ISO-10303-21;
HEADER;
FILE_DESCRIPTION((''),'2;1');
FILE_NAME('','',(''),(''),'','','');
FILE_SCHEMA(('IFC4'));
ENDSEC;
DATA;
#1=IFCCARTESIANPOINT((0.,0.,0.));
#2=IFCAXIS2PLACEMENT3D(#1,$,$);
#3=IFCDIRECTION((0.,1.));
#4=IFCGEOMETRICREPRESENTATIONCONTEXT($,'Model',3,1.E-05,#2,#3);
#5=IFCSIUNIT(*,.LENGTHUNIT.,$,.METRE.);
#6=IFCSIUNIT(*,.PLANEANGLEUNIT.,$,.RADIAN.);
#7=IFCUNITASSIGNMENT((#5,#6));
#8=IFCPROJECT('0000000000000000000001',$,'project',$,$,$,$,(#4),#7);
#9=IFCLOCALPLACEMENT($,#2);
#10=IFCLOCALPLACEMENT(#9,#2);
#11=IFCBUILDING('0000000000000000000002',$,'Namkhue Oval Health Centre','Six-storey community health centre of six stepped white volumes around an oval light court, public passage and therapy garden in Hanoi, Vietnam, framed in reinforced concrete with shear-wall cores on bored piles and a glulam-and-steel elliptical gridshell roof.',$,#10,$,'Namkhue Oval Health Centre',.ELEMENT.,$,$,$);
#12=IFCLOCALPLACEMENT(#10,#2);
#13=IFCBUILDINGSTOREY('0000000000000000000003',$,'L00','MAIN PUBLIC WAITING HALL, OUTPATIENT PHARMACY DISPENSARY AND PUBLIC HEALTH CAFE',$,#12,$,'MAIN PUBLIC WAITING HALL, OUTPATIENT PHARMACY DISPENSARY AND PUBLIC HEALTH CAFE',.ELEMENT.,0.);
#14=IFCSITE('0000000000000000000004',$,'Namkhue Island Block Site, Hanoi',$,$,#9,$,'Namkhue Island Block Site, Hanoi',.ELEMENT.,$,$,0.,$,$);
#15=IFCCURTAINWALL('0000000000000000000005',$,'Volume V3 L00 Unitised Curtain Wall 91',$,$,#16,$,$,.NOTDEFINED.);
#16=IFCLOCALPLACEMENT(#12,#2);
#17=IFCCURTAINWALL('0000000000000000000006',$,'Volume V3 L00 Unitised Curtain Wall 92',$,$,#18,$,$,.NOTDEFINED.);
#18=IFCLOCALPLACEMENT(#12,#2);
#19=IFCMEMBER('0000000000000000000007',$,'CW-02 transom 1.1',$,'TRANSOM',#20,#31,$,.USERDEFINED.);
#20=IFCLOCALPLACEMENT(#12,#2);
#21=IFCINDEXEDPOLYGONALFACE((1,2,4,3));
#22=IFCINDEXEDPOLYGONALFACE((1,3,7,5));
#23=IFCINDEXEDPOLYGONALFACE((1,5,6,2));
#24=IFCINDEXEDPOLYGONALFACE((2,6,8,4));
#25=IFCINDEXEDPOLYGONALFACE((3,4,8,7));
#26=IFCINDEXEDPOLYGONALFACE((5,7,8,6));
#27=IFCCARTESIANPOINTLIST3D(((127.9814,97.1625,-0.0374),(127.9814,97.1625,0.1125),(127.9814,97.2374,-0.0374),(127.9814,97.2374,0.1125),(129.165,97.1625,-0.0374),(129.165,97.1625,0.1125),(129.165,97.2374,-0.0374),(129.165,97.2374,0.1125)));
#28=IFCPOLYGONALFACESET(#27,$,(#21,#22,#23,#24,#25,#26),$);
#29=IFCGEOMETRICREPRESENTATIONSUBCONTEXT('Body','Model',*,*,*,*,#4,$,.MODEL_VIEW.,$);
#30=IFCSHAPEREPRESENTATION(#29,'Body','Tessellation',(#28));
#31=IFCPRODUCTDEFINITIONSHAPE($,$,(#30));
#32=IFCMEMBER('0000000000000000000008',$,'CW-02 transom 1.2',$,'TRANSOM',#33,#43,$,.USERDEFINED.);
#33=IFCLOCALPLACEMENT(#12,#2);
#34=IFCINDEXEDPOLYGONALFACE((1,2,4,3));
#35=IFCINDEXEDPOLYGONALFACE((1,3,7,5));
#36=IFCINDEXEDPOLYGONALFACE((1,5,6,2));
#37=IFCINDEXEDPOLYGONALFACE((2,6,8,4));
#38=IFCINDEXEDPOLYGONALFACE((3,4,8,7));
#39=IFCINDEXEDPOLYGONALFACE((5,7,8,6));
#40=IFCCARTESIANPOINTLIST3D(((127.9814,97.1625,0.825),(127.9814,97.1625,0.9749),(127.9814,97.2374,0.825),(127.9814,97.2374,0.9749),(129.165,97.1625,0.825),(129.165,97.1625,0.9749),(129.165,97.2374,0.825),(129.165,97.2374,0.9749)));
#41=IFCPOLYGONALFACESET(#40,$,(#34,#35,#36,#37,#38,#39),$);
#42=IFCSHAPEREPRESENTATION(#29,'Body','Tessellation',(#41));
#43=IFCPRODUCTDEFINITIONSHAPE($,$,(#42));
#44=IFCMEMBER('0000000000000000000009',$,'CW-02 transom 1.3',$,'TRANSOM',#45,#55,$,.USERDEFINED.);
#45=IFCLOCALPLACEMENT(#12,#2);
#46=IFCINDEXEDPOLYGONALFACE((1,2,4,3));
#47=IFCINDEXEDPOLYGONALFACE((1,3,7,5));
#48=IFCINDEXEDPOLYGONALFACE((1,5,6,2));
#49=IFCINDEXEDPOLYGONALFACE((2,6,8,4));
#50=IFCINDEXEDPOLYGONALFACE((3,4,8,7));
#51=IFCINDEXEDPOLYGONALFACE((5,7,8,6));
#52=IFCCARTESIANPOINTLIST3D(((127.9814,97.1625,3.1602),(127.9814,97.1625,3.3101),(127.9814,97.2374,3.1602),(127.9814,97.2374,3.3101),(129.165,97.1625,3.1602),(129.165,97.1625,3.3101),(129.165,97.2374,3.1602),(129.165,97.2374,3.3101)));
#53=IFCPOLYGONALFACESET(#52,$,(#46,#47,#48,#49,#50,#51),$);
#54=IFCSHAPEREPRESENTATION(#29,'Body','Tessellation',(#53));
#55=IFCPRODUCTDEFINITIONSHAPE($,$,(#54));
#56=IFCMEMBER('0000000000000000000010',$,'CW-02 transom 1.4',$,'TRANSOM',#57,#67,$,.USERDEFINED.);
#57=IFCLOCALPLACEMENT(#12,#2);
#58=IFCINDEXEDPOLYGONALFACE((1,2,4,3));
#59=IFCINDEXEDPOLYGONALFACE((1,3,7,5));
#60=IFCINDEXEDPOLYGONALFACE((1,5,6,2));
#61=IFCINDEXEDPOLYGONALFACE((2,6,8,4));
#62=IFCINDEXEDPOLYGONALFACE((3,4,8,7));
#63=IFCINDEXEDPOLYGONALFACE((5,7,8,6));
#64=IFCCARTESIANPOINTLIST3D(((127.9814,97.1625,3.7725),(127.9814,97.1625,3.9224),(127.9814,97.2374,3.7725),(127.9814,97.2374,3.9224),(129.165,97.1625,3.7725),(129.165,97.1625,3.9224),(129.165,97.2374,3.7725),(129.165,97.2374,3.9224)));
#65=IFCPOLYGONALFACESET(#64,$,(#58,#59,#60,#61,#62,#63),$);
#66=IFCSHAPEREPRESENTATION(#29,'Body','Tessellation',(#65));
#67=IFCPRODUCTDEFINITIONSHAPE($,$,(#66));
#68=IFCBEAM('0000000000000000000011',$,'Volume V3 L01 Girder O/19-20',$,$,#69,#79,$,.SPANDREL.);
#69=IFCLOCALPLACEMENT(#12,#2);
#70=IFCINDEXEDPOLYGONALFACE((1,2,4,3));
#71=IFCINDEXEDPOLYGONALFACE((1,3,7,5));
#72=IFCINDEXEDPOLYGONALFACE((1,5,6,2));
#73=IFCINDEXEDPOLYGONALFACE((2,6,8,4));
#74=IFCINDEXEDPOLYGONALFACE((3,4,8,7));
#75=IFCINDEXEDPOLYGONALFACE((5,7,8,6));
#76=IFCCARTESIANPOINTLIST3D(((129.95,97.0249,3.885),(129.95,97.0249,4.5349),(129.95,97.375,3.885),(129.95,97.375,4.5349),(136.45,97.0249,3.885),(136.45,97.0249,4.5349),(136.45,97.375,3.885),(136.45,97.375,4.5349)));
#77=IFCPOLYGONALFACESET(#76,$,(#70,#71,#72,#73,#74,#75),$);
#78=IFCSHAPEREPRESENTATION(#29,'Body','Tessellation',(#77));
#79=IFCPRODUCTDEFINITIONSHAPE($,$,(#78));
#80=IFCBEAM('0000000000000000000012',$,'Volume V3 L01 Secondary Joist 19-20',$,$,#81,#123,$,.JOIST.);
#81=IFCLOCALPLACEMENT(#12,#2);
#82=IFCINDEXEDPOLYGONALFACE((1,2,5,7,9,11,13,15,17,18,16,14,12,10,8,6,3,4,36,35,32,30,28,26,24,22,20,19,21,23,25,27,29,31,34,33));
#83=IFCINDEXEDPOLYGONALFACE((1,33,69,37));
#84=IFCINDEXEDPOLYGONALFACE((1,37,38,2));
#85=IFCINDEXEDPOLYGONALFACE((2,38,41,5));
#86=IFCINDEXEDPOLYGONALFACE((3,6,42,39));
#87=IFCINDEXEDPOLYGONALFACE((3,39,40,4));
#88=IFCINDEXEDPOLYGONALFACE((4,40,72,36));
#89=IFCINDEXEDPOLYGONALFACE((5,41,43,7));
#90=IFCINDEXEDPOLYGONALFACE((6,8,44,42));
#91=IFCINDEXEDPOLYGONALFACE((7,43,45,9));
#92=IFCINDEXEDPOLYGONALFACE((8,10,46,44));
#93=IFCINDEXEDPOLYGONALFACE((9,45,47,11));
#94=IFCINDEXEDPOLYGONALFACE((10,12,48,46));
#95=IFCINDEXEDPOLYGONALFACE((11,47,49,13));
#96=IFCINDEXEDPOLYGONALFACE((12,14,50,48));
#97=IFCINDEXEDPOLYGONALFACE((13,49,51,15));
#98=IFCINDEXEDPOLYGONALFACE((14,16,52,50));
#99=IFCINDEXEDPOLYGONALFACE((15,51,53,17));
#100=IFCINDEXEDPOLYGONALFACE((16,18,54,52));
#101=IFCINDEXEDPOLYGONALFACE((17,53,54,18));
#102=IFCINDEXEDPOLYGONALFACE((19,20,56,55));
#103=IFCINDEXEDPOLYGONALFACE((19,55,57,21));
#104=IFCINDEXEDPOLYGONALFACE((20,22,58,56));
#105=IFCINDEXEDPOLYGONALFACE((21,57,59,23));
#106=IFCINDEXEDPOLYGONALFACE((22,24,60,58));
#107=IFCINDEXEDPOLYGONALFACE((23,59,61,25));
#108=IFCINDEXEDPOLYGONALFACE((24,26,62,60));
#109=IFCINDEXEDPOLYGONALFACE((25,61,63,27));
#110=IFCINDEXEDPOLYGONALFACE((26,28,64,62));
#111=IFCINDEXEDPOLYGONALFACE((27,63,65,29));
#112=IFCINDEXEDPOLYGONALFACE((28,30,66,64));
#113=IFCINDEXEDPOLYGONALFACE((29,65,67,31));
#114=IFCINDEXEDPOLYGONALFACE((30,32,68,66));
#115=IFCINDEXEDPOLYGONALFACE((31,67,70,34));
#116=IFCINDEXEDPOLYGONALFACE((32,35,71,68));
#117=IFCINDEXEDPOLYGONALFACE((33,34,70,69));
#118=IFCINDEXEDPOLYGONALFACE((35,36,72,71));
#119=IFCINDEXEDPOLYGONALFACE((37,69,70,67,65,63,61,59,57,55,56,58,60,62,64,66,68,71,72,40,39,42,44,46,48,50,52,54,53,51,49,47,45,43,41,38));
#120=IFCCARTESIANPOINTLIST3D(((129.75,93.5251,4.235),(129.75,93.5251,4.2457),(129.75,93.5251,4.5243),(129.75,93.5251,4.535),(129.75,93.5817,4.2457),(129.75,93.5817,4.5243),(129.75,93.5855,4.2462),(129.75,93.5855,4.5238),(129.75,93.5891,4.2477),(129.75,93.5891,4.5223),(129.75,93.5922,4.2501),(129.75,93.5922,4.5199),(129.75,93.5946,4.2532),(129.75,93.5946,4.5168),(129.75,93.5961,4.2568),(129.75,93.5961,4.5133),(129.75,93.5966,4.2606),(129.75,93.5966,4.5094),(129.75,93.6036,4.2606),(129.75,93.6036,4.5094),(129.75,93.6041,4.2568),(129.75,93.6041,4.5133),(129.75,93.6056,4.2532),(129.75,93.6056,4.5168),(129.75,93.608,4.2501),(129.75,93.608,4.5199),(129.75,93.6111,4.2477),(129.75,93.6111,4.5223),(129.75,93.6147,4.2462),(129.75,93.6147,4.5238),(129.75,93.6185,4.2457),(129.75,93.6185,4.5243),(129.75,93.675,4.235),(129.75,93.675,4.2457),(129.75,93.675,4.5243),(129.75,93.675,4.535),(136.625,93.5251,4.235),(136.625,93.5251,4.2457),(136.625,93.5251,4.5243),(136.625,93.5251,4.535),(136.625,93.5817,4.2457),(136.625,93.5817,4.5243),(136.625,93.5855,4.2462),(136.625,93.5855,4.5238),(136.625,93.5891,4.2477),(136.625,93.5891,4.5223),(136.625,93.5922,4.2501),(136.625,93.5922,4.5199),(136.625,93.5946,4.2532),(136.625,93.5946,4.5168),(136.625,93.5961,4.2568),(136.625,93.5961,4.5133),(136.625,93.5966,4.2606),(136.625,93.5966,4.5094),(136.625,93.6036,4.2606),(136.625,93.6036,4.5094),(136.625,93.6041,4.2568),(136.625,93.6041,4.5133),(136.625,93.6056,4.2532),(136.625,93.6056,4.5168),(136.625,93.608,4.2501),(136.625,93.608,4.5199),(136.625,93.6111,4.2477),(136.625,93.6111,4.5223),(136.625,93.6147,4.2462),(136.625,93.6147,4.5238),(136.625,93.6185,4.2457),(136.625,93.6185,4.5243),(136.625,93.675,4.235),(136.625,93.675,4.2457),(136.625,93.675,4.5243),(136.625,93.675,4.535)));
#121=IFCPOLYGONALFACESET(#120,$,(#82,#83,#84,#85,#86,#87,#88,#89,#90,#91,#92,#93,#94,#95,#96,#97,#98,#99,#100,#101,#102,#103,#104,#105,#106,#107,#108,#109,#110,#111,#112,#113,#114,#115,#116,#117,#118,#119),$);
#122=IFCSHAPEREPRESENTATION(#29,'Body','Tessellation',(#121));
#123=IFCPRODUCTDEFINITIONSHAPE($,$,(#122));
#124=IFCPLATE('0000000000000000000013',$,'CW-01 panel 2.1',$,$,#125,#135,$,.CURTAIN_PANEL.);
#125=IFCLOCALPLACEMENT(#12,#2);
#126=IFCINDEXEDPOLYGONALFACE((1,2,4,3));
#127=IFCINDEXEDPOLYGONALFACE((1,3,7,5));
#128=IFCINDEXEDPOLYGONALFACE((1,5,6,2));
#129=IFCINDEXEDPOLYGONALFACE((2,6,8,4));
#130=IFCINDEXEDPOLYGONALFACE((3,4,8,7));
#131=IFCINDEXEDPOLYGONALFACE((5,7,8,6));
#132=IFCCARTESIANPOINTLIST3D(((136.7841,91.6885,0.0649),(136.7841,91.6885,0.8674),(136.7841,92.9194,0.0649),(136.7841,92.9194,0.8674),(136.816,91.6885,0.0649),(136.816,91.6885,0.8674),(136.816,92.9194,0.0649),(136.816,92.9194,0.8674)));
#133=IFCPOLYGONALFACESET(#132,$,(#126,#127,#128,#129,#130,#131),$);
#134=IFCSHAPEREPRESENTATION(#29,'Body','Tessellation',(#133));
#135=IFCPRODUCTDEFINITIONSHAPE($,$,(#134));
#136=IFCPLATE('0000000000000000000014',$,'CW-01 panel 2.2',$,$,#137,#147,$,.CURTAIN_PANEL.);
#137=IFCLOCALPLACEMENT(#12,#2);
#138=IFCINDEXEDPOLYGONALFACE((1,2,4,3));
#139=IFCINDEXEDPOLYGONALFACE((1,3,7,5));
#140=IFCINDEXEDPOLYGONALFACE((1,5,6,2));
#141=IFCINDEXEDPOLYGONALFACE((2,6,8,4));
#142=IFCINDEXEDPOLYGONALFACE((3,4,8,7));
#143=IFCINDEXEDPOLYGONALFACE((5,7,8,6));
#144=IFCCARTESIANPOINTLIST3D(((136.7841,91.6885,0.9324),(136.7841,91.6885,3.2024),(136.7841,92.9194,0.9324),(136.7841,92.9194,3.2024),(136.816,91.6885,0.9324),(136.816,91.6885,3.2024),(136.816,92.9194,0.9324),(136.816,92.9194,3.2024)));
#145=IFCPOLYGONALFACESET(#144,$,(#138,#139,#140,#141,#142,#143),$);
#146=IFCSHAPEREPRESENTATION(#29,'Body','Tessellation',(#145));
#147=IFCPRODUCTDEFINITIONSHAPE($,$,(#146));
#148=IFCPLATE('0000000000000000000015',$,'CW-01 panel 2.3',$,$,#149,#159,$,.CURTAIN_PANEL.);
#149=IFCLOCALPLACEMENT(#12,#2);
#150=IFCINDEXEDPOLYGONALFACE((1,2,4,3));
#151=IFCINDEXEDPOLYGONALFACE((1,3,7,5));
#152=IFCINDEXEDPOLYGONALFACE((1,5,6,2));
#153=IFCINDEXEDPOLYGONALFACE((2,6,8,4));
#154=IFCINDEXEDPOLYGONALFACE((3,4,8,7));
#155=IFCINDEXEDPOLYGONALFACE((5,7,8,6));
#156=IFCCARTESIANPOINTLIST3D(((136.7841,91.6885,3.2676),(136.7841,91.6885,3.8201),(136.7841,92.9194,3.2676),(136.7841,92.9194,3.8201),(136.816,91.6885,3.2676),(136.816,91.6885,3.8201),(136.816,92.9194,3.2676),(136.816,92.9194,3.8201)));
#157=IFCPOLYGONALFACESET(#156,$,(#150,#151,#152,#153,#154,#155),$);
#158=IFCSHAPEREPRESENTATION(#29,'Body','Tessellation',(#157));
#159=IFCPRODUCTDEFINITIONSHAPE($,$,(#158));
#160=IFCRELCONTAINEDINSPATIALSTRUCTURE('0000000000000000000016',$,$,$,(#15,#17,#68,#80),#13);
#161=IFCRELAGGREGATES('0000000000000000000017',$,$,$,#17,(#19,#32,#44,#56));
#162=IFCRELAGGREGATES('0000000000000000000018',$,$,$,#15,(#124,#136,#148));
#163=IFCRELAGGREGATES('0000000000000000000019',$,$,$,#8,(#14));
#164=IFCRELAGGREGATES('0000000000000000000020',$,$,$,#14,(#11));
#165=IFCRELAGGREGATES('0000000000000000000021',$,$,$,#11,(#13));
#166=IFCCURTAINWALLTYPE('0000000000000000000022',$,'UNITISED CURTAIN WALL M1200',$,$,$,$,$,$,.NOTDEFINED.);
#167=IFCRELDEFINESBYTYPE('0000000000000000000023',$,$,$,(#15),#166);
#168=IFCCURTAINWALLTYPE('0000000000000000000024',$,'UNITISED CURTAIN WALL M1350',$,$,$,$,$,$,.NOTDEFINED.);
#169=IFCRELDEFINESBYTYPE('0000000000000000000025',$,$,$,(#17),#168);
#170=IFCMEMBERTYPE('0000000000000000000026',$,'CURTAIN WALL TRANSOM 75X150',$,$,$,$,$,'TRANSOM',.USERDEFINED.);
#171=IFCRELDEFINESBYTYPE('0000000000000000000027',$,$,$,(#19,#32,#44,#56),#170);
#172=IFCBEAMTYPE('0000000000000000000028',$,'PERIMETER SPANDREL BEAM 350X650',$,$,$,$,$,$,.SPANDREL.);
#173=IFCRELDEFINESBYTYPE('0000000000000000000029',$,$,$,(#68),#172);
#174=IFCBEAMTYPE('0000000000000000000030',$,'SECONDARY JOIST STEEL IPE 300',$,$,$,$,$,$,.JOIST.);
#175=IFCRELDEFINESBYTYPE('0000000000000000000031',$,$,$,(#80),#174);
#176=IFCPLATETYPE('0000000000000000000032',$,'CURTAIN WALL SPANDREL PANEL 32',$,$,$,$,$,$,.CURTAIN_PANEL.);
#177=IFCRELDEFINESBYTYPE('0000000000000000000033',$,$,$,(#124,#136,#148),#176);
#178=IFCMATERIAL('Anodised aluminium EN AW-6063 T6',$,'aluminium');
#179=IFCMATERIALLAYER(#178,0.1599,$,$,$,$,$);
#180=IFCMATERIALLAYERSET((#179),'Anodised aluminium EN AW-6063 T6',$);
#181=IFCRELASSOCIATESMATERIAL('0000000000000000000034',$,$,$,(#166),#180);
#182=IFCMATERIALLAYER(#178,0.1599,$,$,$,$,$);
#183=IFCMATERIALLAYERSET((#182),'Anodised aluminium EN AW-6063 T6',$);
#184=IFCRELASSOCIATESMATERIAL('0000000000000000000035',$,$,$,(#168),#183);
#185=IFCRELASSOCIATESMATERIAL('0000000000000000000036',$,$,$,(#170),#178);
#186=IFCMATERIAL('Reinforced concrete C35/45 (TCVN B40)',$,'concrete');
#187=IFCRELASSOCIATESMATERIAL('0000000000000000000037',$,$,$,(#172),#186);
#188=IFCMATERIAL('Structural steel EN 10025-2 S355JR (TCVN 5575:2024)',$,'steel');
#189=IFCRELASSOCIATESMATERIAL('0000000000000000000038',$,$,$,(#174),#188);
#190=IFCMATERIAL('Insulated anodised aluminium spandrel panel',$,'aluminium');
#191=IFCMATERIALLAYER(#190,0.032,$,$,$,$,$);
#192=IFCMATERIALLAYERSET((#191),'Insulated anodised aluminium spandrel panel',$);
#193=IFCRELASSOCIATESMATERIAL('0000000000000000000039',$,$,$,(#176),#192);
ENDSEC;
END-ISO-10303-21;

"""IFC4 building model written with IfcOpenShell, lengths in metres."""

from ifc_helpers import new_model, si_unit, direction, frame, origin, origin_2d, place, context, subcontext, project, spatial, rectangle, i_section, extrude, material, layer, layer_set, material_profile, profile_set, type_object, element, aggregate, save


model = new_model("IFC4")

# Units and contexts
model_context = context("Model", 3, precision=1e-05, world=origin(), true_north=direction((0.0, 1.0)))
body_context = subcontext(model_context, "Body", "Model", "MODEL_VIEW")
ifc_project = project(units=[si_unit("LENGTHUNIT", "METRE"), si_unit("PLANEANGLEUNIT", "RADIAN")], contexts=[model_context])

# Site, building, storey
site_placement = place(None, origin())
site = spatial("IfcSite", under=ifc_project, at=site_placement, Name="Namkhue Island Block Site, Hanoi", LongName="Namkhue Island Block Site, Hanoi", CompositionType="ELEMENT", RefElevation=0.0)
building_placement = place(site_placement, origin())
building = spatial("IfcBuilding", under=site, at=building_placement, Name="Namkhue Oval Health Centre", Description="Six-storey community health centre of six stepped white volumes around an oval light court, public passage and therapy garden in Hanoi, Vietnam, framed in reinforced concrete with shear-wall cores on bored piles and a glulam-and-steel elliptical gridshell roof.", LongName="Namkhue Oval Health Centre", CompositionType="ELEMENT")
storey_placement = place(building_placement, origin())
storey = spatial("IfcBuildingStorey", under=building, at=storey_placement, Name="L00", Description="MAIN PUBLIC WAITING HALL, OUTPATIENT PHARMACY DISPENSARY AND PUBLIC HEALTH CAFE", LongName="MAIN PUBLIC WAITING HALL, OUTPATIENT PHARMACY DISPENSARY AND PUBLIC HEALTH CAFE", CompositionType="ELEMENT", Elevation=0.0)

# Shared definitions
ifc_material_1 = material(Name="Reinforced concrete C35/45 (TCVN B40)", Category="concrete")

# Curtain walls
ifc_material_2 = material(Name="Anodised aluminium EN AW-6063 T6", Category="aluminium")
ifc_layer_1 = layer(ifc_material_2, 0.1599)
ifc_layer_set_1 = layer_set([ifc_layer_1], Name="Anodised aluminium EN AW-6063 T6")
curtain_wall_type_1 = type_object("IfcCurtainWallType", Name="UNITISED CURTAIN WALL M1200", PredefinedType="NOTDEFINED", material=ifc_layer_set_1)
curtain_wall_1_placement = place(storey_placement, origin())
curtain_wall_1 = element("IfcCurtainWall", 1, at=curtain_wall_1_placement, inside=storey, type_object=curtain_wall_type_1, Name="Volume V3 L00 Unitised Curtain Wall 91", PredefinedType="NOTDEFINED")
ifc_layer_2 = layer(ifc_material_2, 0.1599)
ifc_layer_set_2 = layer_set([ifc_layer_2], Name="Anodised aluminium EN AW-6063 T6")
curtain_wall_type_2 = type_object("IfcCurtainWallType", Name="UNITISED CURTAIN WALL M1350", PredefinedType="NOTDEFINED", material=ifc_layer_set_2)
curtain_wall_2_placement = place(storey_placement, origin())
curtain_wall_2 = element("IfcCurtainWall", 2, at=curtain_wall_2_placement, inside=storey, type_object=curtain_wall_type_2, Name="Volume V3 L00 Unitised Curtain Wall 92", PredefinedType="NOTDEFINED")

# Members
ifc_material_profile_1 = material_profile(ifc_material_2, rectangle(XDim=0.075, YDim=0.1499, at=origin_2d()), Name="ALU 75x150")
ifc_profile_set_1 = profile_set([ifc_material_profile_1], Name="Anodised aluminium EN AW-6063 T6")
member_type_1 = type_object("IfcMemberType", Name="CURTAIN WALL TRANSOM 75X150", ElementType="TRANSOM", PredefinedType="USERDEFINED", material=ifc_profile_set_1)
member_1_placement = place(storey_placement, frame((129.165, 97.2, 0.0376), z_axis=(-1.0, 0.0, 0.0), x_axis=(0.0, -1.0, 0.0)))
member_1 = element("IfcMember", 3, at=member_1_placement, type_object=member_type_1, Name="CW-02 transom 1.1", ObjectType="TRANSOM", PredefinedType="USERDEFINED", context=body_context, shape_type="SweptSolid", body=[
    extrude(rectangle(XDim=0.075, YDim=0.1499, at=origin_2d()), origin(), (0.0, 0.0, 1.0), 1.1836),
])
member_2_placement = place(storey_placement, frame((129.165, 97.2, 0.8999), z_axis=(-1.0, 0.0, 0.0), x_axis=(0.0, -1.0, 0.0)))
member_2 = element("IfcMember", 4, at=member_2_placement, type_object=member_type_1, Name="CW-02 transom 1.2", ObjectType="TRANSOM", PredefinedType="USERDEFINED", context=body_context, shape_type="SweptSolid", body=[
    extrude(rectangle(XDim=0.075, YDim=0.1499, at=origin_2d()), origin(), (0.0, 0.0, 1.0), 1.1836),
])
member_3_placement = place(storey_placement, frame((129.165, 97.2, 3.2351), z_axis=(-1.0, 0.0, 0.0), x_axis=(0.0, -1.0, 0.0)))
member_3 = element("IfcMember", 5, at=member_3_placement, type_object=member_type_1, Name="CW-02 transom 1.3", ObjectType="TRANSOM", PredefinedType="USERDEFINED", context=body_context, shape_type="SweptSolid", body=[
    extrude(rectangle(XDim=0.075, YDim=0.1499, at=origin_2d()), origin(), (0.0, 0.0, 1.0), 1.1836),
])
member_4_placement = place(storey_placement, frame((129.165, 97.2, 3.8474), z_axis=(-1.0, 0.0, 0.0), x_axis=(0.0, -1.0, 0.0)))
member_4 = element("IfcMember", 6, at=member_4_placement, type_object=member_type_1, Name="CW-02 transom 1.4", ObjectType="TRANSOM", PredefinedType="USERDEFINED", context=body_context, shape_type="SweptSolid", body=[
    extrude(rectangle(XDim=0.075, YDim=0.1499, at=origin_2d()), origin(), (0.0, 0.0, 1.0), 1.1836),
])
aggregate(curtain_wall_2, [member_1, member_2, member_3, member_4])

# Beams
ifc_material_profile_2 = material_profile(ifc_material_1, rectangle(XDim=0.3501, YDim=0.6499, at=origin_2d()), Name="RC 350x650")
ifc_profile_set_2 = profile_set([ifc_material_profile_2], Name="Reinforced concrete C35/45 (TCVN B40)")
beam_type_1 = type_object("IfcBeamType", Name="PERIMETER SPANDREL BEAM 350X650", PredefinedType="SPANDREL", material=ifc_profile_set_2)
beam_1_placement = place(storey_placement, frame((129.95, 97.2, 4.21), z_axis=(1.0, 0.0, 0.0), x_axis=(0.0, 1.0, 0.0)))
element("IfcBeam", 7, at=beam_1_placement, inside=storey, type_object=beam_type_1, Name="Volume V3 L01 Girder O/19-20", PredefinedType="SPANDREL", context=body_context, shape_type="SweptSolid", body=[
    extrude(rectangle(XDim=0.3501, YDim=0.6499, at=origin_2d()), origin(), (0.0, 0.0, 1.0), 6.5),
])
ifc_material_3 = material(Name="Structural steel EN 10025-2 S355JR (TCVN 5575:2024)", Category="steel")
ifc_material_profile_3 = material_profile(ifc_material_3, i_section(OverallWidth=0.1499, OverallDepth=0.3, WebThickness=0.0071, FlangeThickness=0.0107, FilletRadius=0.0149, at=origin_2d()), Name="IPE 300")
ifc_profile_set_3 = profile_set([ifc_material_profile_3], Name="Structural steel EN 10025-2 S355JR (TCVN 5575:2024)")
beam_type_2 = type_object("IfcBeamType", Name="SECONDARY JOIST STEEL IPE 300", PredefinedType="JOIST", material=ifc_profile_set_3)
beam_2_placement = place(storey_placement, frame((129.75, 93.6001, 4.385), z_axis=(1.0, 0.0, 0.0), x_axis=(0.0, 1.0, 0.0)))
element("IfcBeam", 8, at=beam_2_placement, inside=storey, type_object=beam_type_2, Name="Volume V3 L01 Secondary Joist 19-20", PredefinedType="JOIST", context=body_context, shape_type="SweptSolid", body=[
    extrude(i_section(OverallWidth=0.1499, OverallDepth=0.3, WebThickness=0.0071, FlangeThickness=0.0107, FilletRadius=0.0149, at=origin_2d()), origin(), (0.0, 0.0, 1.0), 6.875),
])

# Plates
ifc_material_4 = material(Name="Insulated anodised aluminium spandrel panel", Category="aluminium")
ifc_layer_3 = layer(ifc_material_4, 0.032)
ifc_layer_set_3 = layer_set([ifc_layer_3], Name="Insulated anodised aluminium spandrel panel")
plate_type = type_object("IfcPlateType", Name="CURTAIN WALL SPANDREL PANEL 32", PredefinedType="CURTAIN_PANEL", material=ifc_layer_set_3)
plate_1_placement = place(storey_placement, frame((136.8, 92.304, 0.0649), z_axis=(0.0, 0.0, 1.0), x_axis=(0.0, 1.0, 0.0)))
plate_1 = element("IfcPlate", 9, at=plate_1_placement, type_object=plate_type, Name="CW-01 panel 2.1", PredefinedType="CURTAIN_PANEL", context=body_context, shape_type="SweptSolid", body=[
    extrude(rectangle(XDim=1.231, YDim=0.032, at=origin_2d()), origin(), (0.0, 0.0, 1.0), 0.8025),
])
plate_2_placement = place(storey_placement, frame((136.8, 92.304, 0.9324), z_axis=(0.0, 0.0, 1.0), x_axis=(0.0, 1.0, 0.0)))
plate_2 = element("IfcPlate", 10, at=plate_2_placement, type_object=plate_type, Name="CW-01 panel 2.2", PredefinedType="CURTAIN_PANEL", context=body_context, shape_type="SweptSolid", body=[
    extrude(rectangle(XDim=1.231, YDim=0.032, at=origin_2d()), origin(), (0.0, 0.0, 1.0), 2.27),
])
plate_3_placement = place(storey_placement, frame((136.8, 92.304, 3.2676), z_axis=(0.0, 0.0, 1.0), x_axis=(0.0, 1.0, 0.0)))
plate_3 = element("IfcPlate", 11, at=plate_3_placement, type_object=plate_type, Name="CW-01 panel 2.3", PredefinedType="CURTAIN_PANEL", context=body_context, shape_type="SweptSolid", body=[
    extrude(rectangle(XDim=1.231, YDim=0.032, at=origin_2d()), origin(), (0.0, 0.0, 1.0), 0.5525),
])
aggregate(curtain_wall_1, [plate_1, plate_2, plate_3])

save(model, "model.ifc")
